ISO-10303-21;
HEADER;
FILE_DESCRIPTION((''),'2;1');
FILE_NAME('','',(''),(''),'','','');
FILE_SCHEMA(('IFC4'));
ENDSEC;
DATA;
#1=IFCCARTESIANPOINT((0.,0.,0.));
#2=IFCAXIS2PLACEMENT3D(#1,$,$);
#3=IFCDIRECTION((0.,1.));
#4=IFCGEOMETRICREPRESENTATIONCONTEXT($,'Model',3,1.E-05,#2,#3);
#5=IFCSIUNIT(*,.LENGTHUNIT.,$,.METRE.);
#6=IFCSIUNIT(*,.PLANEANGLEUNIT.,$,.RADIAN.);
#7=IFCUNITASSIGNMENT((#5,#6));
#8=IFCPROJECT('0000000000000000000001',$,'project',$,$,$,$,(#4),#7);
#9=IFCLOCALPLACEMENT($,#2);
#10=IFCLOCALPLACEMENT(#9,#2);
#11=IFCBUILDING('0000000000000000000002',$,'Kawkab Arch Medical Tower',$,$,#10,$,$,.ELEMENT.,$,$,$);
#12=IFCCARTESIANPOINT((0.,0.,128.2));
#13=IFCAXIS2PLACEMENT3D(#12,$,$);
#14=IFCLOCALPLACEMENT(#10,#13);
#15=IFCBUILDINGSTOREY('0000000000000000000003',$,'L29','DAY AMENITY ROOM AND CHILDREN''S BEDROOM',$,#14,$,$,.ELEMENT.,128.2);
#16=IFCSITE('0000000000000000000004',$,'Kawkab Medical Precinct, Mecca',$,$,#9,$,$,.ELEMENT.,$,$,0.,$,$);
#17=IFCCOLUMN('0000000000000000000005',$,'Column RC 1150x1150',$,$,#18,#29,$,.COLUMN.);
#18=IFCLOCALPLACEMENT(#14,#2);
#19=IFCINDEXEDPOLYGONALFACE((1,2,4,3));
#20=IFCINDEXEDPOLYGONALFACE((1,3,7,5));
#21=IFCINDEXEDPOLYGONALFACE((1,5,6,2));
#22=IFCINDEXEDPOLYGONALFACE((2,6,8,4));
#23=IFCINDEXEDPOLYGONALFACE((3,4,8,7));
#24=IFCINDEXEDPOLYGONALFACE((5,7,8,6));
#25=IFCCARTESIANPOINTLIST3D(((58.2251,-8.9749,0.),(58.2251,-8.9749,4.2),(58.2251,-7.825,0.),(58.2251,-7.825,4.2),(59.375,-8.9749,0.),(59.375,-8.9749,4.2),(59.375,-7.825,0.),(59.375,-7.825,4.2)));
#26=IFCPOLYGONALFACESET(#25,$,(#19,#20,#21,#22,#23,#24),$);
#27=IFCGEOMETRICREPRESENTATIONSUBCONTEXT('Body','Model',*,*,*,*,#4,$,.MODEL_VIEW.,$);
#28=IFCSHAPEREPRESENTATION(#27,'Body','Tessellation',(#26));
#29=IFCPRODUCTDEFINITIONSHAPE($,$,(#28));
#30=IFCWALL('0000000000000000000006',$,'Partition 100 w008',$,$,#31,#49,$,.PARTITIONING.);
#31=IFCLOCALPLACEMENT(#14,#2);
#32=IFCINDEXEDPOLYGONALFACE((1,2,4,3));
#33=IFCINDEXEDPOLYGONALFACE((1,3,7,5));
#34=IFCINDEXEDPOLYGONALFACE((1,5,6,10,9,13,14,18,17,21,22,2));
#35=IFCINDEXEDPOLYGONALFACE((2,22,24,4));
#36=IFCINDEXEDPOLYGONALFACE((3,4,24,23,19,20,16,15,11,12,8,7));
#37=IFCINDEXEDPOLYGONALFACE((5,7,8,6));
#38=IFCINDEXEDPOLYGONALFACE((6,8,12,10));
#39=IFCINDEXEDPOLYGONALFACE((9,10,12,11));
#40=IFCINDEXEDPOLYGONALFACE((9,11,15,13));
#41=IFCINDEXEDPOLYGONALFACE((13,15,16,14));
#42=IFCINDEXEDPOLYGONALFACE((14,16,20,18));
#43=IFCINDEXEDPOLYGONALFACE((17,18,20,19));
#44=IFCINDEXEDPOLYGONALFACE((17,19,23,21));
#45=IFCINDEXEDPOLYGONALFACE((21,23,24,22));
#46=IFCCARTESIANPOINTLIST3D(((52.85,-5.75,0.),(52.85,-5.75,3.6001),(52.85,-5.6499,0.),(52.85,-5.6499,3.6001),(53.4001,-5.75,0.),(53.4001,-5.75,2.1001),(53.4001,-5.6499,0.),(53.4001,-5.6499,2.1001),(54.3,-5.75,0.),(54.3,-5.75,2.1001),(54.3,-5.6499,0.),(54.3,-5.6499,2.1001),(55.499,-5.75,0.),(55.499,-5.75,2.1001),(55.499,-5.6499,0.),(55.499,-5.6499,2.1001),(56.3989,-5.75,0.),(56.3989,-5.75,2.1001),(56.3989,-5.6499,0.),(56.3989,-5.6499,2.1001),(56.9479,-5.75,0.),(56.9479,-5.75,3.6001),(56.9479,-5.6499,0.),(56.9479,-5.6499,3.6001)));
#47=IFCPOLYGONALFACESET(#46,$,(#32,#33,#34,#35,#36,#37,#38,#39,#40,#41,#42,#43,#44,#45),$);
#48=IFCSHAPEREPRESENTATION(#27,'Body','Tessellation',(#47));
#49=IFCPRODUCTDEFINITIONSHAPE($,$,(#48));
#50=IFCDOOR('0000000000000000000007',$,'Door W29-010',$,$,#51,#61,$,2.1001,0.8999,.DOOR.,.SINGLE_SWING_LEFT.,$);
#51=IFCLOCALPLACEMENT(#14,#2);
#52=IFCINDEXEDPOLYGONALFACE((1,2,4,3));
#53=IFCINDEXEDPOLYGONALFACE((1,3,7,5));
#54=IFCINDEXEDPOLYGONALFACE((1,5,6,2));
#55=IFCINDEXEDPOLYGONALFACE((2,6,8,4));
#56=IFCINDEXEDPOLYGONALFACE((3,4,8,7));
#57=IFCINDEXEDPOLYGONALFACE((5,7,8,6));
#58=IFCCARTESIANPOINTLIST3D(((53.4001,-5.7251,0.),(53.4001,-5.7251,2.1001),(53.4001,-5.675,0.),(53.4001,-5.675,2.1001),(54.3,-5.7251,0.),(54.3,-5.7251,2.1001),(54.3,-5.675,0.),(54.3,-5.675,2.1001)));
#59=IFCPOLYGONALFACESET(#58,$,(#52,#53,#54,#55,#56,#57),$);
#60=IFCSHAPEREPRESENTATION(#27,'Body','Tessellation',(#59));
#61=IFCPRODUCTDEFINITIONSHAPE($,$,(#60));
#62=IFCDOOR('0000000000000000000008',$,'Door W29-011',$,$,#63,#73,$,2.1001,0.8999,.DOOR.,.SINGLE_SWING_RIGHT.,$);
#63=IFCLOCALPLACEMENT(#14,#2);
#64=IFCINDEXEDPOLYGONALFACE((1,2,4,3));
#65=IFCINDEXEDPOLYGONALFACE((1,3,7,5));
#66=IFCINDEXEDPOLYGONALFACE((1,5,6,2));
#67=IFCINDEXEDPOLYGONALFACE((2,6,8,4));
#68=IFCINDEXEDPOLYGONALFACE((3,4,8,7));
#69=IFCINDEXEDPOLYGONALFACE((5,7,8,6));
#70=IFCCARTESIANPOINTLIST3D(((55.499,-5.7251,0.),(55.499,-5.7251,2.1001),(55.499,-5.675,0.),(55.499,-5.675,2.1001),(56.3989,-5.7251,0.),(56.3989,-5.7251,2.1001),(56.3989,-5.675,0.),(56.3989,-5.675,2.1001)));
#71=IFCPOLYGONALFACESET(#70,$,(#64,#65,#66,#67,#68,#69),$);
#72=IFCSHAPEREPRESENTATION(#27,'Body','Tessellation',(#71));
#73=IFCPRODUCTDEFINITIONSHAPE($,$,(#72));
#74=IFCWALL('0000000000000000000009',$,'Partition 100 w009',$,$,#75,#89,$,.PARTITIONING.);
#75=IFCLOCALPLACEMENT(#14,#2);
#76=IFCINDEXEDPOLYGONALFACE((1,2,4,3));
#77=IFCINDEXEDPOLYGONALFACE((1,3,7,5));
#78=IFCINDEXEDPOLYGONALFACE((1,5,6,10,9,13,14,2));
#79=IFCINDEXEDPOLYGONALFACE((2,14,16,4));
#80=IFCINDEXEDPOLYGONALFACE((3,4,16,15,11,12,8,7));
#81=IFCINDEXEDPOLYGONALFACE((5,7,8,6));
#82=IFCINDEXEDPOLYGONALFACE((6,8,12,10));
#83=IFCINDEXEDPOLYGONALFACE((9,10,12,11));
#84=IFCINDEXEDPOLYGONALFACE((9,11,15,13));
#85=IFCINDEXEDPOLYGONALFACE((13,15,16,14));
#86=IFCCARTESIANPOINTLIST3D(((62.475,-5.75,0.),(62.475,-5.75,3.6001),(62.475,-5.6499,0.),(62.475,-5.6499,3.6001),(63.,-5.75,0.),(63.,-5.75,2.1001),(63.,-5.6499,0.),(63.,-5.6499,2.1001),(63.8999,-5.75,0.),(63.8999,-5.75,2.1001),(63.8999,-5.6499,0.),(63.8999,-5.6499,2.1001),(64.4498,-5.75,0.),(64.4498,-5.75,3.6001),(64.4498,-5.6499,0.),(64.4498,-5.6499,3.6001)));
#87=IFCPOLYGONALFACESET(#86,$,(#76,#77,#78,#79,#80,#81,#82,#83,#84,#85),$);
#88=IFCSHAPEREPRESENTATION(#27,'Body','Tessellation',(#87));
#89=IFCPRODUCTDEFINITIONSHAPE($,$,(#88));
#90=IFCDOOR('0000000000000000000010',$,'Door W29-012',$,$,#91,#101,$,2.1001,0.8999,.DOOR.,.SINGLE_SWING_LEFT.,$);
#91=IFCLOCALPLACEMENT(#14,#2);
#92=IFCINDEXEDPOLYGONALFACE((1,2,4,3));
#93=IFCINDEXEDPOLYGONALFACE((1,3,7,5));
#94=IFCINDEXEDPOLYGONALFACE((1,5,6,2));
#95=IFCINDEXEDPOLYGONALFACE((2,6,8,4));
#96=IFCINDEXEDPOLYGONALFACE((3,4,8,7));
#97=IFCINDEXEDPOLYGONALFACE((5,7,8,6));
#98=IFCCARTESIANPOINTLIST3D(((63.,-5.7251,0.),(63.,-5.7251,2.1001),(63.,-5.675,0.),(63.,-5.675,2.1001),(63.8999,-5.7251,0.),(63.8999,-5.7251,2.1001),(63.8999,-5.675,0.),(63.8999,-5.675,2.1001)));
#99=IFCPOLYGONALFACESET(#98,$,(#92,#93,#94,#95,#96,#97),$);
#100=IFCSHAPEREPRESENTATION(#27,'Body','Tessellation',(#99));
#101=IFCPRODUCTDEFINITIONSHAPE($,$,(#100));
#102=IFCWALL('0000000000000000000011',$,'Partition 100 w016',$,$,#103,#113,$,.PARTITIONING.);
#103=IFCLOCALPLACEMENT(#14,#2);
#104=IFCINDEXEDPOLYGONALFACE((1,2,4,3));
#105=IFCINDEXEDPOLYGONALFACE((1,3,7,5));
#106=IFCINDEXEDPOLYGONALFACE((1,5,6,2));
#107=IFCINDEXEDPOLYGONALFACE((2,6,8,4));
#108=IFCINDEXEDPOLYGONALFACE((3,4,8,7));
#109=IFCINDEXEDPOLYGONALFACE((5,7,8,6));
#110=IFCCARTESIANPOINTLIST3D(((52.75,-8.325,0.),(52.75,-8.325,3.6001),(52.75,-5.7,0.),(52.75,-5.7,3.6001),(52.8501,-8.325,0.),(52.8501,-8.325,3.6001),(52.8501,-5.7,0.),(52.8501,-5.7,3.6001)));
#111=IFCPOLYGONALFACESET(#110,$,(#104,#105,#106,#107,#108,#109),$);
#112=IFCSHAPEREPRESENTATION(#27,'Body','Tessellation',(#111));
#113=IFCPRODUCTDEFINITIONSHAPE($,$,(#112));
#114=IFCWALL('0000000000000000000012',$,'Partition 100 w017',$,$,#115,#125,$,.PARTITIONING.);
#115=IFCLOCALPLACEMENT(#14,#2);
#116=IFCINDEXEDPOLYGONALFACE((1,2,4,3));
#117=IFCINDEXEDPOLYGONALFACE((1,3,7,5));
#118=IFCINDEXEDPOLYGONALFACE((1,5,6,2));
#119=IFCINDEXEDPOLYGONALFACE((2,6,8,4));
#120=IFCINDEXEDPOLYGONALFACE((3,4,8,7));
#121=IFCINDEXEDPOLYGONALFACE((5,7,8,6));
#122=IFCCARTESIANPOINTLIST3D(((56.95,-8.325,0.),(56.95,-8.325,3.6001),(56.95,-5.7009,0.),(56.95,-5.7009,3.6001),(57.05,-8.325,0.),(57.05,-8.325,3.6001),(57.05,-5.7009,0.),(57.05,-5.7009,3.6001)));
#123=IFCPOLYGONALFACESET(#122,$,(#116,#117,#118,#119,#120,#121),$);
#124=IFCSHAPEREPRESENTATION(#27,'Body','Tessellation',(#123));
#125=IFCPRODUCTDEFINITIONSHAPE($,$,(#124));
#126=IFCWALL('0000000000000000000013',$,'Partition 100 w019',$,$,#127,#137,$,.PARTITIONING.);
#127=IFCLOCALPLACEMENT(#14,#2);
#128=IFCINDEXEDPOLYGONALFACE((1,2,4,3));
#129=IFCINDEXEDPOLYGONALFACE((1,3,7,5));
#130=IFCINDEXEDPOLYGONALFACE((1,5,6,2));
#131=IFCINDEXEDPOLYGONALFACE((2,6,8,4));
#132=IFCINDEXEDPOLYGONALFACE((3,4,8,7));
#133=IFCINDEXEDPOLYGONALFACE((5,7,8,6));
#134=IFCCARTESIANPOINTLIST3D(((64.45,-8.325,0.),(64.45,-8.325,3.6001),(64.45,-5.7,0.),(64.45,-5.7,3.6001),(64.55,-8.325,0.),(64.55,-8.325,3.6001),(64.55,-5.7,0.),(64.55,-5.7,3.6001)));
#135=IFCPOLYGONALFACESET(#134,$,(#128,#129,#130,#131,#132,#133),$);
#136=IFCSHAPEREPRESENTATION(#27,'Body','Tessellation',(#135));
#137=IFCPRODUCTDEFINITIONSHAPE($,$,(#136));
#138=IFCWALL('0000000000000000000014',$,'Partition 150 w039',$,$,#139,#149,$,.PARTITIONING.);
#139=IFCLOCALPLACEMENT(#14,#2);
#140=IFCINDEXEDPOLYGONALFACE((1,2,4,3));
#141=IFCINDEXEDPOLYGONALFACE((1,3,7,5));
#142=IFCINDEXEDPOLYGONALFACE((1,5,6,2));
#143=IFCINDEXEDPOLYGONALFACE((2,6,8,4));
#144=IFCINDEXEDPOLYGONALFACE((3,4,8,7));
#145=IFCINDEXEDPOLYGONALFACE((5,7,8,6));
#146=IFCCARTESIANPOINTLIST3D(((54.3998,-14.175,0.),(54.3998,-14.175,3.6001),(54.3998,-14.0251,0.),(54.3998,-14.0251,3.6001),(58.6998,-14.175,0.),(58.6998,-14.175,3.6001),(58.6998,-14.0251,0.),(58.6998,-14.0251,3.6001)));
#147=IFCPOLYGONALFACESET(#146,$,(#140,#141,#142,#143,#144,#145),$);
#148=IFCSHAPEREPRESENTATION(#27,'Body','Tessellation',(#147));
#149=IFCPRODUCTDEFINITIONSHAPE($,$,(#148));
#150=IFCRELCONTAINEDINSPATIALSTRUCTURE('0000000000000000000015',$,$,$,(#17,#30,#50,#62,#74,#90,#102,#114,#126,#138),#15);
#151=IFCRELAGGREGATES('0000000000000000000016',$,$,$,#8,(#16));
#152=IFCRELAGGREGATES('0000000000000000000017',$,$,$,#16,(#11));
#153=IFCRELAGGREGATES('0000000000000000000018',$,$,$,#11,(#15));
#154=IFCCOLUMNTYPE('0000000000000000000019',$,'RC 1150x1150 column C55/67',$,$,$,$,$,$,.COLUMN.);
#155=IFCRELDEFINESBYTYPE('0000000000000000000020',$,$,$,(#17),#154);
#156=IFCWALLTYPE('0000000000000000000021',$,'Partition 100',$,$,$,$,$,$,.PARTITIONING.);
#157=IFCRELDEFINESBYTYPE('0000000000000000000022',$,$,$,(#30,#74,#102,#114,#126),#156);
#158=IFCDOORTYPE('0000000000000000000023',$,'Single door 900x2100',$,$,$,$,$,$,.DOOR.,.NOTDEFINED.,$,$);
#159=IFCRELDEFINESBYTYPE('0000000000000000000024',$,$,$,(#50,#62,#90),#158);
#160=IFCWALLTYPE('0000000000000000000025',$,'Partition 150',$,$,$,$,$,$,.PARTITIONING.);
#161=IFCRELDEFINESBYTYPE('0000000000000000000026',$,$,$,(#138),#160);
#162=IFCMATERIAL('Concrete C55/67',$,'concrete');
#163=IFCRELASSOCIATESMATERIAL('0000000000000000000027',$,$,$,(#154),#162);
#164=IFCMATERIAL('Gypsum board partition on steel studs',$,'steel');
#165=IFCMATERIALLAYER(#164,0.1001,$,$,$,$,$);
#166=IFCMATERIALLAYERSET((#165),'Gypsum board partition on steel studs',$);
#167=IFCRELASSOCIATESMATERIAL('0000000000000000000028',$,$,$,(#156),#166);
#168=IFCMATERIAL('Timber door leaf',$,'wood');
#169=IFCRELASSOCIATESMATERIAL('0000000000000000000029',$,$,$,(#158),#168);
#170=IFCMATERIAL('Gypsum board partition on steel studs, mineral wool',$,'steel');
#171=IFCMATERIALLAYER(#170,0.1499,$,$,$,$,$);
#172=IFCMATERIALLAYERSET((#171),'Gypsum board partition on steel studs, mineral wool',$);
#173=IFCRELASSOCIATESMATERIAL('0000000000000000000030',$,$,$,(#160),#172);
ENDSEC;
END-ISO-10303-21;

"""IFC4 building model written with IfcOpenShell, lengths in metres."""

from ifc_helpers import new_model, si_unit, direction, frame, frame_2d, origin, origin_2d, place, context, subcontext, project, spatial, rectangle, extrude, material, layer, layer_set, material_profile, profile_set, type_object, element, fill, save


model = new_model("IFC4")

# Units and contexts
model_context = context("Model", 3, precision=1e-05, world=origin(), true_north=direction((0.0, 1.0)))
body_context = subcontext(model_context, "Body", "Model", "MODEL_VIEW")
ifc_project = project(units=[si_unit("LENGTHUNIT", "METRE"), si_unit("PLANEANGLEUNIT", "RADIAN")], contexts=[model_context])

# Site, building, storey
site_placement = place(None, origin())
site = spatial("IfcSite", under=ifc_project, at=site_placement, Name="Kawkab Medical Precinct, Mecca", CompositionType="ELEMENT", RefElevation=0.0)
building_placement = place(site_placement, origin())
building = spatial("IfcBuilding", under=site, at=building_placement, Name="Kawkab Arch Medical Tower", CompositionType="ELEMENT")
storey_placement = place(building_placement, frame((0.0, 0.0, 128.2)))
storey = spatial("IfcBuildingStorey", under=building, at=storey_placement, Name="L29", Description="DAY AMENITY ROOM AND CHILDREN'S BEDROOM", CompositionType="ELEMENT", Elevation=128.2)

# Column
ifc_material_1 = material(Name="Concrete C55/67", Category="concrete")
ifc_material_profile = material_profile(ifc_material_1, rectangle(XDim=1.1499, YDim=1.1499, at=origin_2d()), Name="RC 1150x1150")
ifc_profile_set = profile_set([ifc_material_profile], Name="Concrete C55/67")
column_type = type_object("IfcColumnType", Name="RC 1150x1150 column C55/67", PredefinedType="COLUMN", material=ifc_profile_set)
column_placement = place(storey_placement, frame((58.8, -8.3999, 0.0), z_axis=(0.0, 0.0, 1.0), x_axis=(1.0, 0.0, 0.0)))
element("IfcColumn", 1, at=column_placement, inside=storey, type_object=column_type, Name="Column RC 1150x1150", PredefinedType="COLUMN", context=body_context, shape_type="SweptSolid", body=[
    extrude(rectangle(XDim=1.1499, YDim=1.1499, at=origin_2d()), origin(), (0.0, 0.0, 1.0), 4.2),
])

# Wall, openings, doors
ifc_material_2 = material(Name="Gypsum board partition on steel studs", Category="steel")
ifc_layer_1 = layer(ifc_material_2, 0.1001)
ifc_layer_set_1 = layer_set([ifc_layer_1], Name="Gypsum board partition on steel studs")
wall_type_1 = type_object("IfcWallType", Name="Partition 100", PredefinedType="PARTITIONING", material=ifc_layer_set_1)
wall_1_placement = place(storey_placement, frame((52.8501, -5.7, 0.0), z_axis=(0.0, 0.0, 1.0), x_axis=(1.0, 0.0, 0.0)))
wall_1 = element("IfcWall", 2, at=wall_1_placement, inside=storey, type_object=wall_type_1, Name="Partition 100 w008", PredefinedType="PARTITIONING", context=body_context, shape_type="SweptSolid", body=[
    extrude(rectangle(XDim=4.0979, YDim=0.1001, at=frame_2d((2.0488, 0.0))), origin(), (0.0, 0.0, 1.0), 3.6001),
])
opening_1_placement = place(wall_1_placement, frame((0.55, 0.0, 0.0)))
opening_1 = element("IfcOpeningElement", 3, at=opening_1_placement, cuts=wall_1, PredefinedType="OPENING", context=body_context, shape_type="SweptSolid", body=[
    extrude(rectangle(XDim=0.8999, YDim=2.1001, at=frame_2d((0.45, 1.05))), frame((0.0, 0.0601, 0.0), z_axis=(0.0, -1.0, 0.0), x_axis=(1.0, 0.0, 0.0)), (0.0, 0.0, 1.0), 0.1201),
])
opening_2_placement = place(wall_1_placement, frame((2.6489, 0.0, 0.0)))
opening_2 = element("IfcOpeningElement", 4, at=opening_2_placement, cuts=wall_1, PredefinedType="OPENING", context=body_context, shape_type="SweptSolid", body=[
    extrude(rectangle(XDim=0.8999, YDim=2.1001, at=frame_2d((0.45, 1.05))), frame((0.0, 0.0601, 0.0), z_axis=(0.0, -1.0, 0.0), x_axis=(1.0, 0.0, 0.0)), (0.0, 0.0, 1.0), 0.1201),
])
ifc_material_3 = material(Name="Timber door leaf", Category="wood")
door_type_1 = type_object("IfcDoorType", Name="Single door 900x2100", OperationType="NOTDEFINED", PredefinedType="DOOR", material=ifc_material_3)
door_1_placement = place(opening_1_placement, origin())
door_1 = element("IfcDoor", 5, at=door_1_placement, inside=storey, type_object=door_type_1, Name="Door W29-010", OperationType="SINGLE_SWING_LEFT", OverallHeight=2.1001, OverallWidth=0.8999, PredefinedType="DOOR", context=body_context, shape_type="SweptSolid", body=[
    extrude(rectangle(XDim=0.8999, YDim=2.1001, at=frame_2d((0.45, 1.05))), frame((0.0, 0.0249, 0.0), z_axis=(0.0, -1.0, 0.0), x_axis=(1.0, 0.0, 0.0)), (0.0, 0.0, 1.0), 0.05),
])
fill(opening_1, door_1)
door_2_placement = place(opening_2_placement, origin())
door_2 = element("IfcDoor", 6, at=door_2_placement, inside=storey, type_object=door_type_1, Name="Door W29-011", OperationType="SINGLE_SWING_RIGHT", OverallHeight=2.1001, OverallWidth=0.8999, PredefinedType="DOOR", context=body_context, shape_type="SweptSolid", body=[
    extrude(rectangle(XDim=0.8999, YDim=2.1001, at=frame_2d((0.45, 1.05))), frame((0.0, 0.0249, 0.0), z_axis=(0.0, -1.0, 0.0), x_axis=(1.0, 0.0, 0.0)), (0.0, 0.0, 1.0), 0.05),
])
fill(opening_2, door_2)

# Wall, opening, door
wall_2_placement = place(storey_placement, frame((62.4751, -5.7, 0.0), z_axis=(0.0, 0.0, 1.0), x_axis=(1.0, 0.0, 0.0)))
wall_2 = element("IfcWall", 7, at=wall_2_placement, inside=storey, type_object=wall_type_1, Name="Partition 100 w009", PredefinedType="PARTITIONING", context=body_context, shape_type="SweptSolid", body=[
    extrude(rectangle(XDim=1.9749, YDim=0.1001, at=frame_2d((0.9873, 0.0))), origin(), (0.0, 0.0, 1.0), 3.6001),
])
opening_3_placement = place(wall_2_placement, frame((0.5249, 0.0, 0.0)))
opening_3 = element("IfcOpeningElement", 8, at=opening_3_placement, cuts=wall_2, PredefinedType="OPENING", context=body_context, shape_type="SweptSolid", body=[
    extrude(rectangle(XDim=0.8999, YDim=2.1001, at=frame_2d((0.45, 1.05))), frame((0.0, 0.0601, 0.0), z_axis=(0.0, -1.0, 0.0), x_axis=(1.0, 0.0, 0.0)), (0.0, 0.0, 1.0), 0.1201),
])
door_3_placement = place(opening_3_placement, origin())
door_3 = element("IfcDoor", 9, at=door_3_placement, inside=storey, type_object=door_type_1, Name="Door W29-012", OperationType="SINGLE_SWING_LEFT", OverallHeight=2.1001, OverallWidth=0.8999, PredefinedType="DOOR", context=body_context, shape_type="SweptSolid", body=[
    extrude(rectangle(XDim=0.8999, YDim=2.1001, at=frame_2d((0.45, 1.05))), frame((0.0, 0.0249, 0.0), z_axis=(0.0, -1.0, 0.0), x_axis=(1.0, 0.0, 0.0)), (0.0, 0.0, 1.0), 0.05),
])
fill(opening_3, door_3)

# Walls
wall_3_placement = place(storey_placement, frame((52.8, -8.325, 0.0), z_axis=(0.0, 0.0, 1.0), x_axis=(0.0, 1.0, 0.0)))
element("IfcWall", 10, at=wall_3_placement, inside=storey, type_object=wall_type_1, Name="Partition 100 w016", PredefinedType="PARTITIONING", context=body_context, shape_type="SweptSolid", body=[
    extrude(rectangle(XDim=2.625, YDim=0.1001, at=frame_2d((1.3125, 0.0))), origin(), (0.0, 0.0, 1.0), 3.6001),
])
wall_4_placement = place(storey_placement, frame((57.0, -8.325, 0.0), z_axis=(0.0, 0.0, 1.0), x_axis=(0.0, 1.0, 0.0)))
element("IfcWall", 11, at=wall_4_placement, inside=storey, type_object=wall_type_1, Name="Partition 100 w017", PredefinedType="PARTITIONING", context=body_context, shape_type="SweptSolid", body=[
    extrude(rectangle(XDim=2.624, YDim=0.1001, at=frame_2d((1.312, 0.0))), origin(), (0.0, 0.0, 1.0), 3.6001),
])
wall_5_placement = place(storey_placement, frame((64.5, -8.325, 0.0), z_axis=(0.0, 0.0, 1.0), x_axis=(0.0, 1.0, 0.0)))
element("IfcWall", 12, at=wall_5_placement, inside=storey, type_object=wall_type_1, Name="Partition 100 w019", PredefinedType="PARTITIONING", context=body_context, shape_type="SweptSolid", body=[
    extrude(rectangle(XDim=2.625, YDim=0.1001, at=frame_2d((1.3125, 0.0))), origin(), (0.0, 0.0, 1.0), 3.6001),
])
ifc_material_4 = material(Name="Gypsum board partition on steel studs, mineral wool", Category="steel")
ifc_layer_2 = layer(ifc_material_4, 0.1499)
ifc_layer_set_2 = layer_set([ifc_layer_2], Name="Gypsum board partition on steel studs, mineral wool")
wall_type_2 = type_object("IfcWallType", Name="Partition 150", PredefinedType="PARTITIONING", material=ifc_layer_set_2)
wall_6_placement = place(storey_placement, frame((54.3999, -14.1001, 0.0), z_axis=(0.0, 0.0, 1.0), x_axis=(1.0, 0.0, 0.0)))
element("IfcWall", 13, at=wall_6_placement, inside=storey, type_object=wall_type_2, Name="Partition 150 w039", PredefinedType="PARTITIONING", context=body_context, shape_type="SweptSolid", body=[
    extrude(rectangle(XDim=4.3, YDim=0.1499, at=frame_2d((2.1499, 0.0))), origin(), (0.0, 0.0, 1.0), 3.6001),
])

save(model, "model.ifc")
